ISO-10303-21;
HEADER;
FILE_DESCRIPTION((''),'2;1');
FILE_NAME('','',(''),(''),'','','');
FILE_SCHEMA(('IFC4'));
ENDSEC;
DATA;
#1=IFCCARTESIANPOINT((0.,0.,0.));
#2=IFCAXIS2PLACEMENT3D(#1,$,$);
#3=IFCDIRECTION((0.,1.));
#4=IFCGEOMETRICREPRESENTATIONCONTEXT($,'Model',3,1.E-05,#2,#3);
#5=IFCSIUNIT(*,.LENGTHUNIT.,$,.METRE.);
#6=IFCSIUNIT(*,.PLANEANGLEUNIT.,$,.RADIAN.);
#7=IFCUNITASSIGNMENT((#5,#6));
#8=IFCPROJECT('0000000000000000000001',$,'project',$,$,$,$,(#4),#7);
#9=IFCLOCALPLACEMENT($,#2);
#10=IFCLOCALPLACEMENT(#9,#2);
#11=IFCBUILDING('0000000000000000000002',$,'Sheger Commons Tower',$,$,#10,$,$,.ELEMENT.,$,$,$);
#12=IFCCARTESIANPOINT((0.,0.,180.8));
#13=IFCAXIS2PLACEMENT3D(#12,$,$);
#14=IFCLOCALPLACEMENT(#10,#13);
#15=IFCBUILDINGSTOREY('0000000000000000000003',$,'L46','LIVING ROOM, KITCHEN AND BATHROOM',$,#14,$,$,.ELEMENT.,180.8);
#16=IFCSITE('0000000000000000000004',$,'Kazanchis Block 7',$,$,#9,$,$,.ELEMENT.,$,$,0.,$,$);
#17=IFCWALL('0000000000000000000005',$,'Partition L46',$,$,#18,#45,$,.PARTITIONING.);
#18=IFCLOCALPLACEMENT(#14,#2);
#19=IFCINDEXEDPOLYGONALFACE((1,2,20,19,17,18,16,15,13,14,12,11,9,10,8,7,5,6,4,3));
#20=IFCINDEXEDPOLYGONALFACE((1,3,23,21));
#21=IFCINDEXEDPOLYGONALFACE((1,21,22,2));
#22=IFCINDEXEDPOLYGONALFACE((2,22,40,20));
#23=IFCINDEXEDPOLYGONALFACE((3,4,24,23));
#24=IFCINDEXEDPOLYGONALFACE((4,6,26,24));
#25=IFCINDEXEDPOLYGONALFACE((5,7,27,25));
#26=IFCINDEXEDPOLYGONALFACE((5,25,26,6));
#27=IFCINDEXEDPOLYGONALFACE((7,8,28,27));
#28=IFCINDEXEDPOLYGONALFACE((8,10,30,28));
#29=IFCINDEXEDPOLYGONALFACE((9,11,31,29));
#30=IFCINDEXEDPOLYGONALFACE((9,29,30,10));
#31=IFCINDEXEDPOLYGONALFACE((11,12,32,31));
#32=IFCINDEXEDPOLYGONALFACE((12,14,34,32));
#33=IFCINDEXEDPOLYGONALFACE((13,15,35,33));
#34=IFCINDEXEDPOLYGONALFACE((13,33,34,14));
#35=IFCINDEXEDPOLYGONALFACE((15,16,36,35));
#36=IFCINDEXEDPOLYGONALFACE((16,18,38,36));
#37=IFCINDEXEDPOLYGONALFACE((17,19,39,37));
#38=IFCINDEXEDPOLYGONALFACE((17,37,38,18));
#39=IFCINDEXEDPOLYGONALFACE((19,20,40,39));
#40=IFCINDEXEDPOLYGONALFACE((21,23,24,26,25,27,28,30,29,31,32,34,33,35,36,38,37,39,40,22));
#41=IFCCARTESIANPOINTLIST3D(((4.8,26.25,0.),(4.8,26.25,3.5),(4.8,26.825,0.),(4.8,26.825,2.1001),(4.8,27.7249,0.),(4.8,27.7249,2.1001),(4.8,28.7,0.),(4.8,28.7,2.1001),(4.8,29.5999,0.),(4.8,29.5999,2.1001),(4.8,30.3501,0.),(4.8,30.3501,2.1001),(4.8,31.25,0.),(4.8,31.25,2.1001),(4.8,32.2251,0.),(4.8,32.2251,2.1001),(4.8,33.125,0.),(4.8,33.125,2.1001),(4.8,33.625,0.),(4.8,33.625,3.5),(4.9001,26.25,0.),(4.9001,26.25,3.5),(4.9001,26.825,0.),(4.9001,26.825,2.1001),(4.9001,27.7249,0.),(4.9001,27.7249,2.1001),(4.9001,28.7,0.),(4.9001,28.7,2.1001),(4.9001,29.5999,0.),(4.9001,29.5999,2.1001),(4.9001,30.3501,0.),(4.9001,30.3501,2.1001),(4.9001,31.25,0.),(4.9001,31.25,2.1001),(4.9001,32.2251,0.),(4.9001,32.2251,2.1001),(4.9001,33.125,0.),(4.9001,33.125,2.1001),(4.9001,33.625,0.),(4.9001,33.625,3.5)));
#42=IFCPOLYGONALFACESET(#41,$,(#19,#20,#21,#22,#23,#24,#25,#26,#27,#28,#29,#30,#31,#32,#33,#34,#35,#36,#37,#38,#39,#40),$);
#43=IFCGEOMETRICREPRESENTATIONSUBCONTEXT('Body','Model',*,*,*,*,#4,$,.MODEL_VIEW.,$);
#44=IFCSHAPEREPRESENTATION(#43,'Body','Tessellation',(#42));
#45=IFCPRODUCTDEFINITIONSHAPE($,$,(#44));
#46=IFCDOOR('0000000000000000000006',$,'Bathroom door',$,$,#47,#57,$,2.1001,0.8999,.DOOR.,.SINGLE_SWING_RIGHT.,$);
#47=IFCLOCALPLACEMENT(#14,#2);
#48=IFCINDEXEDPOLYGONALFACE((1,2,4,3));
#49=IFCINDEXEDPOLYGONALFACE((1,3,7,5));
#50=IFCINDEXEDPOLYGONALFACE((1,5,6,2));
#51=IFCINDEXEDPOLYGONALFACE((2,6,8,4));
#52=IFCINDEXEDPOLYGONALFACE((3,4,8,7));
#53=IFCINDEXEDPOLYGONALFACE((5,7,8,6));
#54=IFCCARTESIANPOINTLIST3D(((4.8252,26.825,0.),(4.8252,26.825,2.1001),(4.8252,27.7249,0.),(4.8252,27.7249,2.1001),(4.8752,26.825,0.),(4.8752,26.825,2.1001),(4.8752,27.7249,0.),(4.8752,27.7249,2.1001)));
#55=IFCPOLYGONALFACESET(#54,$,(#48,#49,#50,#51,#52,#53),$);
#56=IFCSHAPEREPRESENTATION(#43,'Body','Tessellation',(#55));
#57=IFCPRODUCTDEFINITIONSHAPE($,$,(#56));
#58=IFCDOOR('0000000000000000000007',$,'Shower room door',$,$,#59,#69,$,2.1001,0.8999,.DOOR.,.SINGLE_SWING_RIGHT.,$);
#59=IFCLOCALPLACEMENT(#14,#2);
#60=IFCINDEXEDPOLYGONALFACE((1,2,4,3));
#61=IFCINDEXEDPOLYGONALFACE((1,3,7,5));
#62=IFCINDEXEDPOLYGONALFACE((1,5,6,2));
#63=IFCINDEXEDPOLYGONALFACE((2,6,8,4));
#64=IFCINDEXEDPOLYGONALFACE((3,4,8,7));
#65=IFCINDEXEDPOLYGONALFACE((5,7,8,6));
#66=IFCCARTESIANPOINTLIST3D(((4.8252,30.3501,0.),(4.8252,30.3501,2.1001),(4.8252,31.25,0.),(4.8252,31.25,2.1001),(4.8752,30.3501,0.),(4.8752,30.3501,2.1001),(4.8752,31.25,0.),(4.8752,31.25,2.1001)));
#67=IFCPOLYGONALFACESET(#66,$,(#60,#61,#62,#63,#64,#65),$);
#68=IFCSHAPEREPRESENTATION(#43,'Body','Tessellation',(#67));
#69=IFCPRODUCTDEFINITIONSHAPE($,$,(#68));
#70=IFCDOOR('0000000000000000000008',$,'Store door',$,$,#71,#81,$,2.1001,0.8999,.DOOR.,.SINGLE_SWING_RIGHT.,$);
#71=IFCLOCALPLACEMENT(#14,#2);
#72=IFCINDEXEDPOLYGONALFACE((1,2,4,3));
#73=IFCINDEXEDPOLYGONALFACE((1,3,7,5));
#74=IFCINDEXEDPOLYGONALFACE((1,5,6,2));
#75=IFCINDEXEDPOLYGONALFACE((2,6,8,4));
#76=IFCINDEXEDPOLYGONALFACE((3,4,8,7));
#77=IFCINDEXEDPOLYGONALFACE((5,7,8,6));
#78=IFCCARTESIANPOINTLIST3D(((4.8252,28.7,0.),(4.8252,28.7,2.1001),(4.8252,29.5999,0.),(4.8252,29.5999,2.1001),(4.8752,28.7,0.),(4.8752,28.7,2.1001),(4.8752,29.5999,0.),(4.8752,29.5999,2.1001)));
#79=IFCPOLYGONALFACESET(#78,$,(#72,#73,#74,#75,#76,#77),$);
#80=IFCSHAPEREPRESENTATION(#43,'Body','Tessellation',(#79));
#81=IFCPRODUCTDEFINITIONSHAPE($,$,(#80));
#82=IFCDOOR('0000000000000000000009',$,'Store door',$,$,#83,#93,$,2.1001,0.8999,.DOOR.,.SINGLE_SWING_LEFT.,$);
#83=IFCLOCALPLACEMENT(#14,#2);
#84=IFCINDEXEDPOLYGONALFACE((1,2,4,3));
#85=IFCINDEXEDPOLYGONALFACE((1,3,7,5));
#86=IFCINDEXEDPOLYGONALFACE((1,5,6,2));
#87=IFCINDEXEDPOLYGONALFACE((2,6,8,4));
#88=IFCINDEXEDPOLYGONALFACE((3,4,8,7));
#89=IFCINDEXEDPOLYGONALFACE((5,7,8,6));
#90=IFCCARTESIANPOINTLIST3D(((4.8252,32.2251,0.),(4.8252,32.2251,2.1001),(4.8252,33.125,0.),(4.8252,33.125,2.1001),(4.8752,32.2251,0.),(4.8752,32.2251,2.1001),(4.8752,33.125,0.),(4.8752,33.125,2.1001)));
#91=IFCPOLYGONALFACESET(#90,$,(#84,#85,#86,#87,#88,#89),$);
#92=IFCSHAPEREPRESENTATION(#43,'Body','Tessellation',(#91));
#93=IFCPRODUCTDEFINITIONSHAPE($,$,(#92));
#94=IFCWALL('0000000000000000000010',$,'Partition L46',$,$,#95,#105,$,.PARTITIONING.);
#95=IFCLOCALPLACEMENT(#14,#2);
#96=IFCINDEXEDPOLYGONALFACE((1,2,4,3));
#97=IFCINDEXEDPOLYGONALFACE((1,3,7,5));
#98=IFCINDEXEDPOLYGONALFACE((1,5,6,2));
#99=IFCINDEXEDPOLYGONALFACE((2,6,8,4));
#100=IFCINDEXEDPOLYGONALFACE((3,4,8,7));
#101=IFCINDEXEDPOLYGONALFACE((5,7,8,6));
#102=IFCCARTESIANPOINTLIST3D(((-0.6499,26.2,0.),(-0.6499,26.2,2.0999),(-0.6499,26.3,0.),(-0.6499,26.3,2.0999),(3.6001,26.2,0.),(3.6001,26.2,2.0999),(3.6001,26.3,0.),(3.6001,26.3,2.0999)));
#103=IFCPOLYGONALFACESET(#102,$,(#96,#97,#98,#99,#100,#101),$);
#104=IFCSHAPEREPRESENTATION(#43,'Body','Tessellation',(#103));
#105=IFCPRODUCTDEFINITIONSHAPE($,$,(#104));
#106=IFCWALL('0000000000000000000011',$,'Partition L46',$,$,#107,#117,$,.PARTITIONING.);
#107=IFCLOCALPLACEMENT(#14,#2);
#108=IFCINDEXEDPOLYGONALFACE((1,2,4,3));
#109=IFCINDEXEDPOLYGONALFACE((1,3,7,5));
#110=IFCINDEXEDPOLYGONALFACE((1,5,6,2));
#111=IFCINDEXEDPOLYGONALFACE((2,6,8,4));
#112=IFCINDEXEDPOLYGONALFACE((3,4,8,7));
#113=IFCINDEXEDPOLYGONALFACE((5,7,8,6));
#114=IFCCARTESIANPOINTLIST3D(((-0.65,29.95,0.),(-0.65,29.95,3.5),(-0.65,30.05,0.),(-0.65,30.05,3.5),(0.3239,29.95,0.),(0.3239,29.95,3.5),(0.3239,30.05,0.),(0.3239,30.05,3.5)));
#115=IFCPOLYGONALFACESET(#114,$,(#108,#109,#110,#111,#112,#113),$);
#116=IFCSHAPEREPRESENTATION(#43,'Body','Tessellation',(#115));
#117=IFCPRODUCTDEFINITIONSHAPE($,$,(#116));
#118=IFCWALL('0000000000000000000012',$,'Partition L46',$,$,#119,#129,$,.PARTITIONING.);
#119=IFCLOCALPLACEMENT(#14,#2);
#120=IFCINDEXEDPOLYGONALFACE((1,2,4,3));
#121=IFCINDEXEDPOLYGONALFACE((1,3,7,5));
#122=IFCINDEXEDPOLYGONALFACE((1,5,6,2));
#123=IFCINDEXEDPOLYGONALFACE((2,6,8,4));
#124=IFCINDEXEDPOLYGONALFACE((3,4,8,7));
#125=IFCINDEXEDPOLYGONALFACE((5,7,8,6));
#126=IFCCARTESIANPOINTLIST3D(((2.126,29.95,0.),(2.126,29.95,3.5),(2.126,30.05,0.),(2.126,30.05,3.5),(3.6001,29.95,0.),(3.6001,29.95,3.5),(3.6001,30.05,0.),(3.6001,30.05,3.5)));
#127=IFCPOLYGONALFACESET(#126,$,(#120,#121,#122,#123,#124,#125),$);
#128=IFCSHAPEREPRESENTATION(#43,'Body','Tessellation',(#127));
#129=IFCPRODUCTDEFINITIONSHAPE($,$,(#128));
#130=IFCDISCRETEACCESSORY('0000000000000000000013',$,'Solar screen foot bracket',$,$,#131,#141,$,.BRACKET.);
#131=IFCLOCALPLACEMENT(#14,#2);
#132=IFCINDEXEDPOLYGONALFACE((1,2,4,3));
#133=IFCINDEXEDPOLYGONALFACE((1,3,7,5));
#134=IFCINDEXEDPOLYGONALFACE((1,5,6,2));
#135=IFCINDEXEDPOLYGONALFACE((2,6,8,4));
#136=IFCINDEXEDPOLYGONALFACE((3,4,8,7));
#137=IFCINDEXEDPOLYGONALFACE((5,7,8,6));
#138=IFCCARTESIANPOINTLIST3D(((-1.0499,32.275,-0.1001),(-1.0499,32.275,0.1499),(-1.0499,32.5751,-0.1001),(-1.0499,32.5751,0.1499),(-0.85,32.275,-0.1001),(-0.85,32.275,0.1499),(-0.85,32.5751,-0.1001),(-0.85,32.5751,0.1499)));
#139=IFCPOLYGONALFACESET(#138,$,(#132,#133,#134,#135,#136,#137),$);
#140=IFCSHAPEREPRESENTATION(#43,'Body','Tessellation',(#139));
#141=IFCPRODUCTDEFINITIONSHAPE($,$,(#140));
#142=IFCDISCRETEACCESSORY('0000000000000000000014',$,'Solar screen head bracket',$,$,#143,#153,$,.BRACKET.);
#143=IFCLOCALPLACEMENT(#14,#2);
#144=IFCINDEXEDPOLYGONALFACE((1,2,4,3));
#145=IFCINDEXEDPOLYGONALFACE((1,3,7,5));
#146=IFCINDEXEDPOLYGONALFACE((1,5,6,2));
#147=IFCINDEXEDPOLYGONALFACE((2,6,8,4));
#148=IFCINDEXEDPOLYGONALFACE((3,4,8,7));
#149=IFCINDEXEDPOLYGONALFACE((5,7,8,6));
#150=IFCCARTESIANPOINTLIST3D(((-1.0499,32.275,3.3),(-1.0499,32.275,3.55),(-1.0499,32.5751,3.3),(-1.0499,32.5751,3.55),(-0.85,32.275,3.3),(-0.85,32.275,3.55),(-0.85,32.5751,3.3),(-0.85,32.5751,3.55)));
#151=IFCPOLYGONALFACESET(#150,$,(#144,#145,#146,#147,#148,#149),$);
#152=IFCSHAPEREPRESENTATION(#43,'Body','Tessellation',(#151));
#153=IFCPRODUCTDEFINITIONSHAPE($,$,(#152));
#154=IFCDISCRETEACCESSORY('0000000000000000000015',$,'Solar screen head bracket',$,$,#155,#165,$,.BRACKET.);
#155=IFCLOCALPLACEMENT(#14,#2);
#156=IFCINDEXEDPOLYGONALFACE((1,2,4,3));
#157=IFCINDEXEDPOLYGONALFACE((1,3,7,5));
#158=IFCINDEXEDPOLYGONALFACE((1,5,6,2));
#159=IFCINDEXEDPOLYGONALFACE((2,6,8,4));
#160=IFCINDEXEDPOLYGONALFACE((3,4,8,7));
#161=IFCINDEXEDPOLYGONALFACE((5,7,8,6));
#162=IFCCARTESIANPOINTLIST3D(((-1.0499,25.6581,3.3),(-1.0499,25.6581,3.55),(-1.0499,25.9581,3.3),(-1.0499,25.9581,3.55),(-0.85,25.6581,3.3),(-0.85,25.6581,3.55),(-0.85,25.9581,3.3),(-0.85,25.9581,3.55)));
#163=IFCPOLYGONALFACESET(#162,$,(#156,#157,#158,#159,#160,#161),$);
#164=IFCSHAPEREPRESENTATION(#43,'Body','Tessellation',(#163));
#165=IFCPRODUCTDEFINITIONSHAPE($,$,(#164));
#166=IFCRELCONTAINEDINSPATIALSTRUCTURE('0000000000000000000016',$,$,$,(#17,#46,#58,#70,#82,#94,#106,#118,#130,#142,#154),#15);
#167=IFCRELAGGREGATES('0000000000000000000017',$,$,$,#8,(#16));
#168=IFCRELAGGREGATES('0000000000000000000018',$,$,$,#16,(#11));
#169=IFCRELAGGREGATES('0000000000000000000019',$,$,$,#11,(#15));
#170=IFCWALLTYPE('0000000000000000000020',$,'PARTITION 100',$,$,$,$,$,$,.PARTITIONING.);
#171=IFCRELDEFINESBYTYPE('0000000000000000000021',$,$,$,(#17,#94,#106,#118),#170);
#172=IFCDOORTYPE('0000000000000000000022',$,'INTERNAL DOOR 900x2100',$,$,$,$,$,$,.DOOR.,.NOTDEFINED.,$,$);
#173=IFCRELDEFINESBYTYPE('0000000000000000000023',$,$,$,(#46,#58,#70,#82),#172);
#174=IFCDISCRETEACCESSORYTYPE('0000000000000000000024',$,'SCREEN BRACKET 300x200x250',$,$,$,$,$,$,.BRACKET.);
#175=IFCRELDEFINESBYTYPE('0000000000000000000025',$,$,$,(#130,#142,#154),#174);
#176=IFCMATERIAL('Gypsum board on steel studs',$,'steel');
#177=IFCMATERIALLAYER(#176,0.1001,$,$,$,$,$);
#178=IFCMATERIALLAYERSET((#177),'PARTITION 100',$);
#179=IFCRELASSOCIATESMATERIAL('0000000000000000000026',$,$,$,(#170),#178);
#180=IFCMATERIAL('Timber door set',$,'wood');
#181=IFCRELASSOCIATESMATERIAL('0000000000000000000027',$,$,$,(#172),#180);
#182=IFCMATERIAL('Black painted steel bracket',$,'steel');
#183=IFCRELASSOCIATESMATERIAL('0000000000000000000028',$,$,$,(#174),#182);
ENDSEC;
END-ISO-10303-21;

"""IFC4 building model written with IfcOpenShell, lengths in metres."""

from ifc_helpers import new_model, si_unit, direction, frame, frame_2d, origin, origin_2d, place, context, subcontext, project, spatial, rectangle, extrude, material, layer, layer_set, type_object, element, fill, save


model = new_model("IFC4")

# Units and contexts
model_context = context("Model", 3, precision=1e-05, world=origin(), true_north=direction((0.0, 1.0)))
body_context = subcontext(model_context, "Body", "Model", "MODEL_VIEW")
ifc_project = project(units=[si_unit("LENGTHUNIT", "METRE"), si_unit("PLANEANGLEUNIT", "RADIAN")], contexts=[model_context])

# Site, building, storey
site_placement = place(None, origin())
site = spatial("IfcSite", under=ifc_project, at=site_placement, Name="Kazanchis Block 7", CompositionType="ELEMENT", RefElevation=0.0)
building_placement = place(site_placement, origin())
building = spatial("IfcBuilding", under=site, at=building_placement, Name="Sheger Commons Tower", CompositionType="ELEMENT")
storey_placement = place(building_placement, frame((0.0, 0.0, 180.8)))
storey = spatial("IfcBuildingStorey", under=building, at=storey_placement, Name="L46", Description="LIVING ROOM, KITCHEN AND BATHROOM", CompositionType="ELEMENT", Elevation=180.8)

# Wall, openings, doors
ifc_material_1 = material(Name="Gypsum board on steel studs", Category="steel")
ifc_layer_1 = layer(ifc_material_1, 0.1001)
ifc_layer_set_1 = layer_set([ifc_layer_1], Name="PARTITION 100")
wall_type_1 = type_object("IfcWallType", Name="PARTITION 100", PredefinedType="PARTITIONING", material=ifc_layer_set_1)
ifc_material_2 = material(Name="Timber door set", Category="wood")
door_type = type_object("IfcDoorType", Name="INTERNAL DOOR 900x2100", OperationType="NOTDEFINED", PredefinedType="DOOR", material=ifc_material_2)
wall_1_placement = place(storey_placement, frame((4.8501, 26.25, 0.0), z_axis=(0.0, 0.0, 1.0), x_axis=(0.0, 1.0, 0.0)))
wall_1 = element("IfcWall", 1, at=wall_1_placement, inside=storey, type_object=wall_type_1, Name="Partition L46", PredefinedType="PARTITIONING", context=body_context, shape_type="SweptSolid", body=[
    extrude(rectangle(XDim=7.375, YDim=0.1001, at=frame_2d((3.6875, 0.0))), origin(), (0.0, 0.0, 1.0), 3.5),
])
opening_1_placement = place(wall_1_placement, frame((0.575, 0.0, 0.0)))
opening_1 = element("IfcOpeningElement", 2, at=opening_1_placement, cuts=wall_1, PredefinedType="OPENING", context=body_context, shape_type="SweptSolid", body=[
    extrude(rectangle(XDim=0.8999, YDim=2.1001, at=frame_2d((0.45, 1.05))), frame((0.0, 0.0601, 0.0), z_axis=(0.0, -1.0, 0.0), x_axis=(1.0, 0.0, 0.0)), (0.0, 0.0, 1.0), 0.1201),
])
opening_2_placement = place(wall_1_placement, frame((4.1001, 0.0, 0.0)))
opening_2 = element("IfcOpeningElement", 3, at=opening_2_placement, cuts=wall_1, PredefinedType="OPENING", context=body_context, shape_type="SweptSolid", body=[
    extrude(rectangle(XDim=0.8999, YDim=2.1001, at=frame_2d((0.45, 1.05))), frame((0.0, 0.0601, 0.0), z_axis=(0.0, -1.0, 0.0), x_axis=(1.0, 0.0, 0.0)), (0.0, 0.0, 1.0), 0.1201),
])
opening_3_placement = place(wall_1_placement, frame((2.45, 0.0, 0.0)))
opening_3 = element("IfcOpeningElement", 4, at=opening_3_placement, cuts=wall_1, PredefinedType="OPENING", context=body_context, shape_type="SweptSolid", body=[
    extrude(rectangle(XDim=0.8999, YDim=2.1001, at=frame_2d((0.45, 1.05))), frame((0.0, 0.0601, 0.0), z_axis=(0.0, -1.0, 0.0), x_axis=(1.0, 0.0, 0.0)), (0.0, 0.0, 1.0), 0.1201),
])
opening_4_placement = place(wall_1_placement, frame((5.9751, 0.0, 0.0)))
opening_4 = element("IfcOpeningElement", 5, at=opening_4_placement, cuts=wall_1, PredefinedType="OPENING", context=body_context, shape_type="SweptSolid", body=[
    extrude(rectangle(XDim=0.8999, YDim=2.1001, at=frame_2d((0.45, 1.05))), frame((0.0, 0.0601, 0.0), z_axis=(0.0, -1.0, 0.0), x_axis=(1.0, 0.0, 0.0)), (0.0, 0.0, 1.0), 0.1201),
])
door_1_placement = place(opening_1_placement, origin())
door_1 = element("IfcDoor", 6, at=door_1_placement, inside=storey, type_object=door_type, Name="Bathroom door", OperationType="SINGLE_SWING_RIGHT", OverallHeight=2.1001, OverallWidth=0.8999, PredefinedType="DOOR", context=body_context, shape_type="SweptSolid", body=[
    extrude(rectangle(XDim=0.8999, YDim=2.1001, at=frame_2d((0.45, 1.05))), frame((0.0, 0.0249, 0.0), z_axis=(0.0, -1.0, 0.0), x_axis=(1.0, 0.0, 0.0)), (0.0, 0.0, 1.0), 0.05),
])
fill(opening_1, door_1)
door_2_placement = place(opening_2_placement, origin())
door_2 = element("IfcDoor", 7, at=door_2_placement, inside=storey, type_object=door_type, Name="Shower room door", OperationType="SINGLE_SWING_RIGHT", OverallHeight=2.1001, OverallWidth=0.8999, PredefinedType="DOOR", context=body_context, shape_type="SweptSolid", body=[
    extrude(rectangle(XDim=0.8999, YDim=2.1001, at=frame_2d((0.45, 1.05))), frame((0.0, 0.0249, 0.0), z_axis=(0.0, -1.0, 0.0), x_axis=(1.0, 0.0, 0.0)), (0.0, 0.0, 1.0), 0.05),
])
fill(opening_2, door_2)
door_3_placement = place(opening_3_placement, origin())
door_3 = element("IfcDoor", 8, at=door_3_placement, inside=storey, type_object=door_type, Name="Store door", OperationType="SINGLE_SWING_RIGHT", OverallHeight=2.1001, OverallWidth=0.8999, PredefinedType="DOOR", context=body_context, shape_type="SweptSolid", body=[
    extrude(rectangle(XDim=0.8999, YDim=2.1001, at=frame_2d((0.45, 1.05))), frame((0.0, 0.0249, 0.0), z_axis=(0.0, -1.0, 0.0), x_axis=(1.0, 0.0, 0.0)), (0.0, 0.0, 1.0), 0.05),
])
fill(opening_3, door_3)
door_4_placement = place(opening_4_placement, origin())
door_4 = element("IfcDoor", 9, at=door_4_placement, inside=storey, type_object=door_type, Name="Store door", OperationType="SINGLE_SWING_LEFT", OverallHeight=2.1001, OverallWidth=0.8999, PredefinedType="DOOR", context=body_context, shape_type="SweptSolid", body=[
    extrude(rectangle(XDim=0.8999, YDim=2.1001, at=frame_2d((0.45, 1.05))), frame((0.0, 0.0249, 0.0), z_axis=(0.0, -1.0, 0.0), x_axis=(1.0, 0.0, 0.0)), (0.0, 0.0, 1.0), 0.05),
])
fill(opening_4, door_4)

# Walls
wall_2_placement = place(storey_placement, frame((-0.6499, 26.25, 0.0), z_axis=(0.0, 0.0, 1.0), x_axis=(1.0, 0.0, 0.0)))
element("IfcWall", 10, at=wall_2_placement, inside=storey, type_object=wall_type_1, Name="Partition L46", PredefinedType="PARTITIONING", context=body_context, shape_type="SweptSolid", body=[
    extrude(rectangle(XDim=4.25, YDim=0.1001, at=frame_2d((2.125, 0.0))), origin(), (0.0, 0.0, 1.0), 2.0999),
])
wall_3_placement = place(storey_placement, frame((-0.6499, 30.0, 0.0), z_axis=(0.0, 0.0, 1.0), x_axis=(1.0, 0.0, 0.0)))
element("IfcWall", 11, at=wall_3_placement, inside=storey, type_object=wall_type_1, Name="Partition L46", PredefinedType="PARTITIONING", context=body_context, shape_type="SweptSolid", body=[
    extrude(rectangle(XDim=0.9739, YDim=0.1001, at=frame_2d((0.4868, 0.0))), origin(), (0.0, 0.0, 1.0), 3.5),
])
wall_4_placement = place(storey_placement, frame((2.126, 30.0, 0.0), z_axis=(0.0, 0.0, 1.0), x_axis=(1.0, 0.0, 0.0)))
element("IfcWall", 12, at=wall_4_placement, inside=storey, type_object=wall_type_1, Name="Partition L46", PredefinedType="PARTITIONING", context=body_context, shape_type="SweptSolid", body=[
    extrude(rectangle(XDim=1.4741, YDim=0.1001, at=frame_2d((0.7371, 0.0))), origin(), (0.0, 0.0, 1.0), 3.5),
])

# Discrete accessories
ifc_material_3 = material(Name="Black painted steel bracket", Category="steel")
discrete_accessory_type = type_object("IfcDiscreteAccessoryType", Name="SCREEN BRACKET 300x200x250", PredefinedType="BRACKET", material=ifc_material_3)
for number, where, z_axis, x_axis, name in (
    (13, (-0.95, 32.425, -0.1001), (0.0, 0.0, 1.0), (0.0, -1.0, 0.0), "Solar screen foot bracket"),
    (14, (-0.95, 32.425, 3.3), (0.0, 0.0, 1.0), (0.0, -1.0, 0.0), "Solar screen head bracket"),
    (15, (-0.95, 25.8081, 3.3), (0.0, 0.0, 1.0), (0.0, -1.0, 0.0), "Solar screen head bracket"),
):
    element("IfcDiscreteAccessory", number, at=place(storey_placement, frame(where, z_axis=z_axis, x_axis=x_axis)), inside=storey, type_object=discrete_accessory_type, Name=name, PredefinedType="BRACKET", context=body_context, shape_type="SweptSolid", body=[
        extrude(rectangle(XDim=0.3, YDim=0.2, at=origin_2d()), origin(), (0.0, 0.0, 1.0), 0.25),
    ])

save(model, "model.ifc")
